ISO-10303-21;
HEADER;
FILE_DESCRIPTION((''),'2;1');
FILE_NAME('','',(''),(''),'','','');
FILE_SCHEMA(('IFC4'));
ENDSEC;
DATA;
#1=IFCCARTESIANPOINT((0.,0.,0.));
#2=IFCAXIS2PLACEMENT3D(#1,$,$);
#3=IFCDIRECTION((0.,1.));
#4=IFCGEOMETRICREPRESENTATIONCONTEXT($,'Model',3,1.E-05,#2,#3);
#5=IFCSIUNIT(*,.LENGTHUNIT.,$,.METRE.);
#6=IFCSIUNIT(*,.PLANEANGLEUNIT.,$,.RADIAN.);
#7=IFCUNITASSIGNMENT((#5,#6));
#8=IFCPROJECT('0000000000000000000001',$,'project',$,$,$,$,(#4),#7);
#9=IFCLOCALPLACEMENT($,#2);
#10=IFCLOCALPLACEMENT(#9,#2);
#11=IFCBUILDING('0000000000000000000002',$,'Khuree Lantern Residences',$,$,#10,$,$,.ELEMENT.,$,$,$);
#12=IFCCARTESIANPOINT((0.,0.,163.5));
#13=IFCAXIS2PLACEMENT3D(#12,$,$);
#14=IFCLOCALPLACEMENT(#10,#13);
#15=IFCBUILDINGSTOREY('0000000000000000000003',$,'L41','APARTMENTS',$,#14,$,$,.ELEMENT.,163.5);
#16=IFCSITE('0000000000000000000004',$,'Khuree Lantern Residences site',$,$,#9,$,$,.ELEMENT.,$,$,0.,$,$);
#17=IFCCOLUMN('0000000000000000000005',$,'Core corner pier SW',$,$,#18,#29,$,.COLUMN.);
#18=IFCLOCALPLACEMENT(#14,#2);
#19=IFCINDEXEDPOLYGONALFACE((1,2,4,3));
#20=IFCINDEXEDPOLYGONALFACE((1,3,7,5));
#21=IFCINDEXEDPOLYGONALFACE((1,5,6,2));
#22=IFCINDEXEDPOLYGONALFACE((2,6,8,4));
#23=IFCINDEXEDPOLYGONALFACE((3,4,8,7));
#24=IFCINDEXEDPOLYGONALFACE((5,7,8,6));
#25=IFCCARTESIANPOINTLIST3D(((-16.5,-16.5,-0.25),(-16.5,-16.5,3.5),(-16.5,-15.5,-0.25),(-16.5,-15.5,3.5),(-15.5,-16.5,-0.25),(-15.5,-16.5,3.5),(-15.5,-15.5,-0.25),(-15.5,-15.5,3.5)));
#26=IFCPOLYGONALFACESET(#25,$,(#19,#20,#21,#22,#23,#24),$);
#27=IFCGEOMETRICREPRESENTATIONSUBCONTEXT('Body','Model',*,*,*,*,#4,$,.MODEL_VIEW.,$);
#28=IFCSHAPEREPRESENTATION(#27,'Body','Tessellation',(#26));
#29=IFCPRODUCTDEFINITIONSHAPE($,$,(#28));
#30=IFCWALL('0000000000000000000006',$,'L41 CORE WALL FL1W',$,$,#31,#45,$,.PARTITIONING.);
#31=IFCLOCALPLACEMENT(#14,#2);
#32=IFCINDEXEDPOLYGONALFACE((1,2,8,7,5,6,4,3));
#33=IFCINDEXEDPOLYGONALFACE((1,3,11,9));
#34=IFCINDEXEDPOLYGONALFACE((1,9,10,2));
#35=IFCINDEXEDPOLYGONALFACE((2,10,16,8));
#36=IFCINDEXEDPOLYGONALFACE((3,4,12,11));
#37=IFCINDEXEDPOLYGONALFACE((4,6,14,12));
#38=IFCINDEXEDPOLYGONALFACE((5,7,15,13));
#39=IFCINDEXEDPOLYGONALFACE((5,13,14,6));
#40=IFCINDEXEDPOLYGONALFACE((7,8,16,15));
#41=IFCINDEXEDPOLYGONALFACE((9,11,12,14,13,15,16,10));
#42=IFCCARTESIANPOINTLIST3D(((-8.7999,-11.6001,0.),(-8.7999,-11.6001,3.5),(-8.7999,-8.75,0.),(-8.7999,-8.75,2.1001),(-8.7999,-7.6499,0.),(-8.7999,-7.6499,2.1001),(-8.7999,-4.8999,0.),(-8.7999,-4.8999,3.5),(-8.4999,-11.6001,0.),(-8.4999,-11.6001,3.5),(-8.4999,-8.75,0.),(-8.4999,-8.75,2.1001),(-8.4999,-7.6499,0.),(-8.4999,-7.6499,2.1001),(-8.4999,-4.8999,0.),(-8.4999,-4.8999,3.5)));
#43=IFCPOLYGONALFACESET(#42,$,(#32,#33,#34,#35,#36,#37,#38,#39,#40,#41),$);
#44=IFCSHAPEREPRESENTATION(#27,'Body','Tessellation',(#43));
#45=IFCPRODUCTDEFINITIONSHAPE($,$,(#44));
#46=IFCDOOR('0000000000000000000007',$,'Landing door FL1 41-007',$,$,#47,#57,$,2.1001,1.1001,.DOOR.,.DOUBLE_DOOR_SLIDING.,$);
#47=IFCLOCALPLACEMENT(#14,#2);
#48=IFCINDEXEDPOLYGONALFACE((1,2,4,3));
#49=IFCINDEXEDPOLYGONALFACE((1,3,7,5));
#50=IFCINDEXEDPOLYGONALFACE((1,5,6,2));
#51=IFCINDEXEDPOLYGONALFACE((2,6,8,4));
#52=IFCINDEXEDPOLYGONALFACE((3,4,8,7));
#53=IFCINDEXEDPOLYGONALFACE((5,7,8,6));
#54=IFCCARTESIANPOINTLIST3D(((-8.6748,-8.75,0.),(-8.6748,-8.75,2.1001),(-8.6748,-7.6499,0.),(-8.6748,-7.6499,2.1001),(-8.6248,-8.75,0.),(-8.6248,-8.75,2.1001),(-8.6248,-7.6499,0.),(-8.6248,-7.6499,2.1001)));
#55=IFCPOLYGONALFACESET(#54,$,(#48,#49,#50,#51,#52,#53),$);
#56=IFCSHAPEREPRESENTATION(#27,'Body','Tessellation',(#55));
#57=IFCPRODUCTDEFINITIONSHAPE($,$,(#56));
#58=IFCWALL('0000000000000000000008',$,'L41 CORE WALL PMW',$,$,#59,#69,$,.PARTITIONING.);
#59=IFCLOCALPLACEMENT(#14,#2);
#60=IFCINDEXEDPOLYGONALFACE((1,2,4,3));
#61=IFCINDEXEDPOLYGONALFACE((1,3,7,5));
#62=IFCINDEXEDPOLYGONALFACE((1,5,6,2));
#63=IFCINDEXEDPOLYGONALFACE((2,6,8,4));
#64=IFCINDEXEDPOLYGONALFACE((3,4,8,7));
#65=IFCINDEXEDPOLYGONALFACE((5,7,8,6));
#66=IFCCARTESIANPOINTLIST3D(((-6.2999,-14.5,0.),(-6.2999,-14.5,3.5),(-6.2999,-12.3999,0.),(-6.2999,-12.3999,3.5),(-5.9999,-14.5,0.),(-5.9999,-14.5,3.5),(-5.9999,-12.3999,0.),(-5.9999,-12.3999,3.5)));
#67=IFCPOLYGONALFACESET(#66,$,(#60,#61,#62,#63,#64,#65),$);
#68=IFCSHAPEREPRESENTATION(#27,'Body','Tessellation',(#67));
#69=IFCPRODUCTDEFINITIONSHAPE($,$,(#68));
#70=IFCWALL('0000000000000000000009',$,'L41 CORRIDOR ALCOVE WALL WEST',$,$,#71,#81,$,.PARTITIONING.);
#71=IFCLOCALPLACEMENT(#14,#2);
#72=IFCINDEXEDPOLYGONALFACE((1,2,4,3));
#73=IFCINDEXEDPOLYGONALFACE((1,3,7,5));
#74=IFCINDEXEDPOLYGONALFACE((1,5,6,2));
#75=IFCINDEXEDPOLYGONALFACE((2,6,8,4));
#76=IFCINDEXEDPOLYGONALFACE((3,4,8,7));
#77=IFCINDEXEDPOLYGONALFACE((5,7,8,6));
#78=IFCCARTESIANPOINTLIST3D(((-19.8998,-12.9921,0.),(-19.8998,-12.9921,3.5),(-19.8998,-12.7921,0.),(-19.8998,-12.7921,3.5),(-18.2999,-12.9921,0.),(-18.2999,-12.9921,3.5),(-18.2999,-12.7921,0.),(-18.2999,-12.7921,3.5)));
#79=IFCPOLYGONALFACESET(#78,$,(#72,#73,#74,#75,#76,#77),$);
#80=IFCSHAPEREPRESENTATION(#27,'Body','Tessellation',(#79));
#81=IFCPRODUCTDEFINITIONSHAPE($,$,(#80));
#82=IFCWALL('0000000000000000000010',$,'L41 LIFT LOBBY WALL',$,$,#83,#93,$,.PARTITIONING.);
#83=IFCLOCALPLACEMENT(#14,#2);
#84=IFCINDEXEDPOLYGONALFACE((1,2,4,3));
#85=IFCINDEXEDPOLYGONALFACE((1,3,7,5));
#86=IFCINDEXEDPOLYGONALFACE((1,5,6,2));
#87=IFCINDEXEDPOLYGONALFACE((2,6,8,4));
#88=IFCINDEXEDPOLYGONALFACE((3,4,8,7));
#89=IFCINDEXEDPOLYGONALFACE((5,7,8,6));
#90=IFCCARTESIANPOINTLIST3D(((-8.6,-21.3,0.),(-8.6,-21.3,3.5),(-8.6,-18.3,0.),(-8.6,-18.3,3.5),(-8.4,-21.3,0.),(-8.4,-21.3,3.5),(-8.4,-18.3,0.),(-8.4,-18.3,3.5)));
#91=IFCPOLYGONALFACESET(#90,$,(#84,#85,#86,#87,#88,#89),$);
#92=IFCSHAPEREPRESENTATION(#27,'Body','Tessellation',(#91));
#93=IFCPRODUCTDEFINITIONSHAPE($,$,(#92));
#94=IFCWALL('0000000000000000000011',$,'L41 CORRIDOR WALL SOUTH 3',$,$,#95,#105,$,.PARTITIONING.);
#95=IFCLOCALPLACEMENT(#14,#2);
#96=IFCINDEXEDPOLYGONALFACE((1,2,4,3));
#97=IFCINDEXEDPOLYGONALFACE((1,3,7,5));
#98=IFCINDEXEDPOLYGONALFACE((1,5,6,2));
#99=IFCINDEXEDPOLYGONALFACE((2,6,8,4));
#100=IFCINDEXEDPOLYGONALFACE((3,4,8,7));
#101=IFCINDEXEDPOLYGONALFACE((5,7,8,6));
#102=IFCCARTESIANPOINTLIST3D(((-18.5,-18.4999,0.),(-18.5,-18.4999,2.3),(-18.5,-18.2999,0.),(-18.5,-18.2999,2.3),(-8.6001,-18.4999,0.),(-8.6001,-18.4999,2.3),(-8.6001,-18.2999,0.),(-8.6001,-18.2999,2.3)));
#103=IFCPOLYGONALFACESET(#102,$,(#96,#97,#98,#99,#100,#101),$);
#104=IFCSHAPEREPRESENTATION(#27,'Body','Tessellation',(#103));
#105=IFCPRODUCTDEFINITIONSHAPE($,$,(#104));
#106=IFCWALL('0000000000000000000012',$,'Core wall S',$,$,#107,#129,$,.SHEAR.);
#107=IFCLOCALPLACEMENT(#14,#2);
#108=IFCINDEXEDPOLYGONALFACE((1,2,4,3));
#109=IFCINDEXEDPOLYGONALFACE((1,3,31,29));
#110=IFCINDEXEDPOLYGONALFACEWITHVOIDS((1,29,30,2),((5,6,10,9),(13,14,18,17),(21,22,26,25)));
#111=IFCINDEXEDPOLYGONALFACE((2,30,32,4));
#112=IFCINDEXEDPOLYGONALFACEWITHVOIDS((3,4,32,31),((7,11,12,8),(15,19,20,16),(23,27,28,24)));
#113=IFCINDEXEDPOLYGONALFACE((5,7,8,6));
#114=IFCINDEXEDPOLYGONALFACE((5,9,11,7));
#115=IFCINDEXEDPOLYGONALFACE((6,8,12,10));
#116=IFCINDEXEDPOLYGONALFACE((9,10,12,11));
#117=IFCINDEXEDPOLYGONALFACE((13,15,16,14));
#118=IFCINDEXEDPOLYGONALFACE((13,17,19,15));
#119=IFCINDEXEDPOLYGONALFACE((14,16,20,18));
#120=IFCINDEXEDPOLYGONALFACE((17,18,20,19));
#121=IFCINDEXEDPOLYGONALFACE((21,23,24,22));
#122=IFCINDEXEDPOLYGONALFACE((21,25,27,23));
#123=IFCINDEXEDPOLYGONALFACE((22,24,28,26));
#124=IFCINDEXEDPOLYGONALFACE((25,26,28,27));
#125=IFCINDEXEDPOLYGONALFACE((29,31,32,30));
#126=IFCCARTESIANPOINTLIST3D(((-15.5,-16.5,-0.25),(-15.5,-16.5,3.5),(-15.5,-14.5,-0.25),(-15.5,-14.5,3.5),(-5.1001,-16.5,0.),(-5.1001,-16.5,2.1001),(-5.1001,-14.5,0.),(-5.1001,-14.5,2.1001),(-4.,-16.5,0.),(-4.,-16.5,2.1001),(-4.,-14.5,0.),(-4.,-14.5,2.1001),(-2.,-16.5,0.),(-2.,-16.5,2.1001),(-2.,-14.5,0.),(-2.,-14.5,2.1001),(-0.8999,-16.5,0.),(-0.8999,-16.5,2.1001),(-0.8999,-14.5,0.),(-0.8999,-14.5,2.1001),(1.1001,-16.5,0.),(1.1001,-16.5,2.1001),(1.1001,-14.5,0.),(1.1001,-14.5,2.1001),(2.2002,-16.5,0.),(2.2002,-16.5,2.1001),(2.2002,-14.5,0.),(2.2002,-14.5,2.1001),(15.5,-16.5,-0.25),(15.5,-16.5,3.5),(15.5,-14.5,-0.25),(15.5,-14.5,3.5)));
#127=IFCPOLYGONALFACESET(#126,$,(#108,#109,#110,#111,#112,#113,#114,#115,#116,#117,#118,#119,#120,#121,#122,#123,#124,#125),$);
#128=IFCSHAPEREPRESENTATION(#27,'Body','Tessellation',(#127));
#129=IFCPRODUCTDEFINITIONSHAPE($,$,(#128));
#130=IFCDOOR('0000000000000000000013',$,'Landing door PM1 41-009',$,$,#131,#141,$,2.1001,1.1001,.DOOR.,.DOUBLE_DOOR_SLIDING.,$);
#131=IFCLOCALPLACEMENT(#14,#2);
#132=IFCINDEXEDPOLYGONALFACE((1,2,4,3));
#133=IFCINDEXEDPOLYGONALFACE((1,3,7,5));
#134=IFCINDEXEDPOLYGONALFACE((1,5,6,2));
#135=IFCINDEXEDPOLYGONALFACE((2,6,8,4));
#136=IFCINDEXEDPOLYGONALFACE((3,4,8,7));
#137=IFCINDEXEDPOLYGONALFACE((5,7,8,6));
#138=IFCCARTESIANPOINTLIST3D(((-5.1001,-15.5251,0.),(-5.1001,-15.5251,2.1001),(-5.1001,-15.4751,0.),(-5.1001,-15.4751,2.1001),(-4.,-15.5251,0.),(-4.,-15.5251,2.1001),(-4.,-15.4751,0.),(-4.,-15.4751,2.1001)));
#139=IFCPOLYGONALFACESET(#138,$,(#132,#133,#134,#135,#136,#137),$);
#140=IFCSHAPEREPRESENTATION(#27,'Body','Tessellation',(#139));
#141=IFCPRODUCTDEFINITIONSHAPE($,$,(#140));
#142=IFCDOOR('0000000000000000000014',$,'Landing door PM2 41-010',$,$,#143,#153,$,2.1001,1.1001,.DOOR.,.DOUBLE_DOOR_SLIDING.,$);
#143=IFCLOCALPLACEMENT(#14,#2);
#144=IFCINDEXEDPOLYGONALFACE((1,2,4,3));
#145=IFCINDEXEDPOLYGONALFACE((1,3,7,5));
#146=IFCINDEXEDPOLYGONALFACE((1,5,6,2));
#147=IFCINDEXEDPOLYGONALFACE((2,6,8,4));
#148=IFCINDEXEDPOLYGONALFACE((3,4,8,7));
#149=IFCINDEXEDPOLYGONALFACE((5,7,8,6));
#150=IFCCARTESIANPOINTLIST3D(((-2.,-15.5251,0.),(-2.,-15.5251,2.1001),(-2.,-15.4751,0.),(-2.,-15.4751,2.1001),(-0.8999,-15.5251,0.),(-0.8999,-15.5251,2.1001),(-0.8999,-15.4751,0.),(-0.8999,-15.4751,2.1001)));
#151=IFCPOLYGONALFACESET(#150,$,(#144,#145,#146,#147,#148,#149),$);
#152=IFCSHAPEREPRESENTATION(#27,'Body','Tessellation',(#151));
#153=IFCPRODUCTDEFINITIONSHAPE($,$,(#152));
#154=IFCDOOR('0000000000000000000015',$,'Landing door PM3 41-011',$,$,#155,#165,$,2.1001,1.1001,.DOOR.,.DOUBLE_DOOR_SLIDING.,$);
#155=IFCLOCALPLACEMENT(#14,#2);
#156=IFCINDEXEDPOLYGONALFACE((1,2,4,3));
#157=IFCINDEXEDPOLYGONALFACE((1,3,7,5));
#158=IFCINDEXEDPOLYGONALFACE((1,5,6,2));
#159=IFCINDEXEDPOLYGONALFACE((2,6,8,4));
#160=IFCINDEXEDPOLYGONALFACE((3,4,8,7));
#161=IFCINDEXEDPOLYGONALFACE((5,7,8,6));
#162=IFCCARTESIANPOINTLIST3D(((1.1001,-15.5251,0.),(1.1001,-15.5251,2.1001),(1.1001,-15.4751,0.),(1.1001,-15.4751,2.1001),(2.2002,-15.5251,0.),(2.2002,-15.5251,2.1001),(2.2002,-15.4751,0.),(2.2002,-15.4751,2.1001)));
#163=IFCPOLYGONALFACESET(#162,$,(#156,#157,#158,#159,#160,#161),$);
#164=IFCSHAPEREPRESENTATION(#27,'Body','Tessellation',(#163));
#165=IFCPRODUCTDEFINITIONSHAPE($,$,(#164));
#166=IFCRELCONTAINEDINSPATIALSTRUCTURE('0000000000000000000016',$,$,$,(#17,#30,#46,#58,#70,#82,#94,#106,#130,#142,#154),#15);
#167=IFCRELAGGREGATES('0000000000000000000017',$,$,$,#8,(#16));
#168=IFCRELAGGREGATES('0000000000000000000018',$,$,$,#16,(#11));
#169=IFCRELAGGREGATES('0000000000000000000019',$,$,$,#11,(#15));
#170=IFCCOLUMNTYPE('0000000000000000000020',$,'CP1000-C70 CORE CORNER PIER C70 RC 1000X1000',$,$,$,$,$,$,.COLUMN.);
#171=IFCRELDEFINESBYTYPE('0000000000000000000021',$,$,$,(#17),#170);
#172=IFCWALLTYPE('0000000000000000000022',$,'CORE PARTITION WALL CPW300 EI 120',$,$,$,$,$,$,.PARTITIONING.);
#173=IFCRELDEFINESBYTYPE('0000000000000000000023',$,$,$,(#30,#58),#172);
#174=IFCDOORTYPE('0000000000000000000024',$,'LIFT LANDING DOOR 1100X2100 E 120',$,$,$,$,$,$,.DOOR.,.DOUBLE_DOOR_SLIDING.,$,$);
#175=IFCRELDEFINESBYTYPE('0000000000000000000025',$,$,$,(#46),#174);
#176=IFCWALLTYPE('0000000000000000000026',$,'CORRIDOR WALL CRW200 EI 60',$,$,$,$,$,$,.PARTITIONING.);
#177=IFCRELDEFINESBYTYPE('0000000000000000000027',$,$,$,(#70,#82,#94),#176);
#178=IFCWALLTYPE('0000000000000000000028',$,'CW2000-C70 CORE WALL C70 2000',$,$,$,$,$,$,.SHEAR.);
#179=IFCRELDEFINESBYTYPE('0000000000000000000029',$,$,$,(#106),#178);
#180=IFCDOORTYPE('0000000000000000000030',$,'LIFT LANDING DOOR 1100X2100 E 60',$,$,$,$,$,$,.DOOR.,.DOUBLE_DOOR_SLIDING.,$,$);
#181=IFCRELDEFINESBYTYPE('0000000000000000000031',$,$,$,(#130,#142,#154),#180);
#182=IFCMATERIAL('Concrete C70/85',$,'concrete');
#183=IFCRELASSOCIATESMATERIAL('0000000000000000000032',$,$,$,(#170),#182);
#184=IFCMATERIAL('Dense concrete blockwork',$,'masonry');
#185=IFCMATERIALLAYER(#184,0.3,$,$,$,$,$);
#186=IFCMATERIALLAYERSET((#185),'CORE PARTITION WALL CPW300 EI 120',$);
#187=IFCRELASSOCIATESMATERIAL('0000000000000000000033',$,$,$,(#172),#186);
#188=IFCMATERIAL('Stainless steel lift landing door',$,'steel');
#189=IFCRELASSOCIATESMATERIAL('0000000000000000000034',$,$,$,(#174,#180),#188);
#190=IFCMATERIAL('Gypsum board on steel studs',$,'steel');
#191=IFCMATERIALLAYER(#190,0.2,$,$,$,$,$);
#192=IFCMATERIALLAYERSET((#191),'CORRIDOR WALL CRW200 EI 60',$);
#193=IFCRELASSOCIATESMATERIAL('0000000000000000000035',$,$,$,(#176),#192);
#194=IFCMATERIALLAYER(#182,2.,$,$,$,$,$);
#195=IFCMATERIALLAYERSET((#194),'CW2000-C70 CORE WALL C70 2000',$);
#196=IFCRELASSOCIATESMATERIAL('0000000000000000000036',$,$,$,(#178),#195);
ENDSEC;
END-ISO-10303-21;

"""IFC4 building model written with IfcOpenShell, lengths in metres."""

from ifc_helpers import new_model, si_unit, direction, frame, frame_2d, origin, origin_2d, place, context, subcontext, project, spatial, rectangle, extrude, material, layer, layer_set, material_profile, profile_set, type_object, element, fill, save


model = new_model("IFC4")

# Units and contexts
model_context = context("Model", 3, precision=1e-05, world=origin(), true_north=direction((0.0, 1.0)))
body_context = subcontext(model_context, "Body", "Model", "MODEL_VIEW")
ifc_project = project(units=[si_unit("LENGTHUNIT", "METRE"), si_unit("PLANEANGLEUNIT", "RADIAN")], contexts=[model_context])

# Site, building, storey
site_placement = place(None, origin())
site = spatial("IfcSite", under=ifc_project, at=site_placement, Name="Khuree Lantern Residences site", CompositionType="ELEMENT", RefElevation=0.0)
building_placement = place(site_placement, origin())
building = spatial("IfcBuilding", under=site, at=building_placement, Name="Khuree Lantern Residences", CompositionType="ELEMENT")
storey_placement = place(building_placement, frame((0.0, 0.0, 163.5)))
storey = spatial("IfcBuildingStorey", under=building, at=storey_placement, Name="L41", Description="APARTMENTS", CompositionType="ELEMENT", Elevation=163.5)

# Column
ifc_material_1 = material(Name="Concrete C70/85", Category="concrete")
ifc_material_profile = material_profile(ifc_material_1, rectangle(XDim=1.0, YDim=1.0, at=origin_2d()), Name="RC 1000X1000")
ifc_profile_set = profile_set([ifc_material_profile], Name="Concrete C70/85")
column_type = type_object("IfcColumnType", Name="CP1000-C70 CORE CORNER PIER C70 RC 1000X1000", PredefinedType="COLUMN", material=ifc_profile_set)
column_placement = place(storey_placement, frame((-16.0, -16.0, -0.25), z_axis=(0.0, 0.0, 1.0), x_axis=(1.0, 0.0, 0.0)))
element("IfcColumn", 1, at=column_placement, inside=storey, type_object=column_type, Name="Core corner pier SW", PredefinedType="COLUMN", context=body_context, shape_type="SweptSolid", body=[
    extrude(rectangle(XDim=1.0, YDim=1.0, at=origin_2d()), origin(), (0.0, 0.0, 1.0), 3.75),
])

# Wall, opening, door
ifc_material_2 = material(Name="Dense concrete blockwork", Category="masonry")
ifc_layer_1 = layer(ifc_material_2, 0.3)
ifc_layer_set_1 = layer_set([ifc_layer_1], Name="CORE PARTITION WALL CPW300 EI 120")
wall_type_1 = type_object("IfcWallType", Name="CORE PARTITION WALL CPW300 EI 120", PredefinedType="PARTITIONING", material=ifc_layer_set_1)
wall_1_placement = place(storey_placement, frame((-8.6499, -11.6001, 0.0), z_axis=(0.0, 0.0, 1.0), x_axis=(0.0, 1.0, 0.0)))
wall_1 = element("IfcWall", 2, at=wall_1_placement, inside=storey, type_object=wall_type_1, Name="L41 CORE WALL FL1W", PredefinedType="PARTITIONING", context=body_context, shape_type="SweptSolid", body=[
    extrude(rectangle(XDim=6.7002, YDim=0.3, at=frame_2d((3.3501, 0.0))), origin(), (0.0, 0.0, 1.0), 3.5),
])
opening_1_placement = place(wall_1_placement, frame((2.8501, 0.0, 0.0)))
opening_1 = element("IfcOpeningElement", 3, at=opening_1_placement, cuts=wall_1, PredefinedType="OPENING", context=body_context, shape_type="SweptSolid", body=[
    extrude(rectangle(XDim=1.1001, YDim=2.1001, at=frame_2d((0.55, 1.05))), frame((0.0, 0.1602, 0.0), z_axis=(0.0, -1.0, 0.0), x_axis=(1.0, 0.0, 0.0)), (0.0, 0.0, 1.0), 0.3201),
])
ifc_material_3 = material(Name="Stainless steel lift landing door", Category="steel")
door_type_1 = type_object("IfcDoorType", Name="LIFT LANDING DOOR 1100X2100 E 120", OperationType="DOUBLE_DOOR_SLIDING", PredefinedType="DOOR", material=ifc_material_3)
door_1_placement = place(opening_1_placement, origin())
door_1 = element("IfcDoor", 4, at=door_1_placement, inside=storey, type_object=door_type_1, Name="Landing door FL1 41-007", OperationType="DOUBLE_DOOR_SLIDING", OverallHeight=2.1001, OverallWidth=1.1001, PredefinedType="DOOR", context=body_context, shape_type="SweptSolid", body=[
    extrude(rectangle(XDim=1.1001, YDim=2.1001, at=frame_2d((0.55, 1.05))), frame((0.0, 0.0249, 0.0), z_axis=(0.0, -1.0, 0.0), x_axis=(1.0, 0.0, 0.0)), (0.0, 0.0, 1.0), 0.05),
])
fill(opening_1, door_1)

# Walls
wall_2_placement = place(storey_placement, frame((-6.1499, -14.5, 0.0), z_axis=(0.0, 0.0, 1.0), x_axis=(0.0, 1.0, 0.0)))
element("IfcWall", 5, at=wall_2_placement, inside=storey, type_object=wall_type_1, Name="L41 CORE WALL PMW", PredefinedType="PARTITIONING", context=body_context, shape_type="SweptSolid", body=[
    extrude(rectangle(XDim=2.1001, YDim=0.3, at=frame_2d((1.05, 0.0))), origin(), (0.0, 0.0, 1.0), 3.5),
])
ifc_material_4 = material(Name="Gypsum board on steel studs", Category="steel")
ifc_layer_2 = layer(ifc_material_4, 0.2)
ifc_layer_set_2 = layer_set([ifc_layer_2], Name="CORRIDOR WALL CRW200 EI 60")
wall_type_2 = type_object("IfcWallType", Name="CORRIDOR WALL CRW200 EI 60", PredefinedType="PARTITIONING", material=ifc_layer_set_2)
wall_3_placement = place(storey_placement, frame((-18.3, -12.8921, 0.0), z_axis=(0.0, 0.0, 1.0), x_axis=(-1.0, 0.0, 0.0)))
element("IfcWall", 6, at=wall_3_placement, inside=storey, type_object=wall_type_2, Name="L41 CORRIDOR ALCOVE WALL WEST", PredefinedType="PARTITIONING", context=body_context, shape_type="SweptSolid", body=[
    extrude(rectangle(XDim=1.5999, YDim=0.2, at=frame_2d((0.7998, 0.0))), origin(), (0.0, 0.0, 1.0), 3.5),
])
wall_4_placement = place(storey_placement, frame((-8.5, -18.3, 0.0), z_axis=(0.0, 0.0, 1.0), x_axis=(0.0, -1.0, 0.0)))
element("IfcWall", 7, at=wall_4_placement, inside=storey, type_object=wall_type_2, Name="L41 LIFT LOBBY WALL", PredefinedType="PARTITIONING", context=body_context, shape_type="SweptSolid", body=[
    extrude(rectangle(XDim=3.0, YDim=0.2, at=frame_2d((1.5, 0.0))), origin(), (0.0, 0.0, 1.0), 3.5),
])
wall_5_placement = place(storey_placement, frame((-8.6001, -18.3999, 0.0), z_axis=(0.0, 0.0, 1.0), x_axis=(-1.0, 0.0, 0.0)))
element("IfcWall", 8, at=wall_5_placement, inside=storey, type_object=wall_type_2, Name="L41 CORRIDOR WALL SOUTH 3", PredefinedType="PARTITIONING", context=body_context, shape_type="SweptSolid", body=[
    extrude(rectangle(XDim=9.8999, YDim=0.2, at=frame_2d((4.95, 0.0))), origin(), (0.0, 0.0, 1.0), 2.3),
])

# Wall, openings, doors
ifc_layer_3 = layer(ifc_material_1, 2.0)
ifc_layer_set_3 = layer_set([ifc_layer_3], Name="CW2000-C70 CORE WALL C70 2000")
wall_type_3 = type_object("IfcWallType", Name="CW2000-C70 CORE WALL C70 2000", PredefinedType="SHEAR", material=ifc_layer_set_3)
wall_6_placement = place(storey_placement, frame((-15.5, -15.5, -0.25), z_axis=(0.0, 0.0, 1.0), x_axis=(1.0, 0.0, 0.0)))
wall_6 = element("IfcWall", 9, at=wall_6_placement, inside=storey, type_object=wall_type_3, Name="Core wall S", PredefinedType="SHEAR", context=body_context, shape_type="SweptSolid", body=[
    extrude(rectangle(XDim=31.0, YDim=2.0, at=frame_2d((15.5, 0.0))), origin(), (0.0, 0.0, 1.0), 3.75),
])
opening_2_placement = place(wall_6_placement, frame((10.3999, 0.0, 0.25)))
opening_2 = element("IfcOpeningElement", 10, at=opening_2_placement, cuts=wall_6, PredefinedType="OPENING", context=body_context, shape_type="SweptSolid", body=[
    extrude(rectangle(XDim=1.1001, YDim=2.1001, at=frame_2d((0.55, 1.05))), frame((0.0, 1.01, 0.0), z_axis=(0.0, -1.0, 0.0), x_axis=(1.0, 0.0, 0.0)), (0.0, 0.0, 1.0), 2.02),
])
opening_3_placement = place(wall_6_placement, frame((13.5, 0.0, 0.25)))
opening_3 = element("IfcOpeningElement", 11, at=opening_3_placement, cuts=wall_6, PredefinedType="OPENING", context=body_context, shape_type="SweptSolid", body=[
    extrude(rectangle(XDim=1.1001, YDim=2.1001, at=frame_2d((0.55, 1.05))), frame((0.0, 1.01, 0.0), z_axis=(0.0, -1.0, 0.0), x_axis=(1.0, 0.0, 0.0)), (0.0, 0.0, 1.0), 2.02),
])
opening_4_placement = place(wall_6_placement, frame((16.6001, 0.0, 0.25)))
opening_4 = element("IfcOpeningElement", 12, at=opening_4_placement, cuts=wall_6, PredefinedType="OPENING", context=body_context, shape_type="SweptSolid", body=[
    extrude(rectangle(XDim=1.1001, YDim=2.1001, at=frame_2d((0.55, 1.05))), frame((0.0, 1.01, 0.0), z_axis=(0.0, -1.0, 0.0), x_axis=(1.0, 0.0, 0.0)), (0.0, 0.0, 1.0), 2.02),
])
door_type_2 = type_object("IfcDoorType", Name="LIFT LANDING DOOR 1100X2100 E 60", OperationType="DOUBLE_DOOR_SLIDING", PredefinedType="DOOR", material=ifc_material_3)
door_2_placement = place(opening_2_placement, origin())
door_2 = element("IfcDoor", 13, at=door_2_placement, inside=storey, type_object=door_type_2, Name="Landing door PM1 41-009", OperationType="DOUBLE_DOOR_SLIDING", OverallHeight=2.1001, OverallWidth=1.1001, PredefinedType="DOOR", context=body_context, shape_type="SweptSolid", body=[
    extrude(rectangle(XDim=1.1001, YDim=2.1001, at=frame_2d((0.55, 1.05))), frame((0.0, 0.0249, 0.0), z_axis=(0.0, -1.0, 0.0), x_axis=(1.0, 0.0, 0.0)), (0.0, 0.0, 1.0), 0.05),
])
fill(opening_2, door_2)
door_3_placement = place(opening_3_placement, origin())
door_3 = element("IfcDoor", 14, at=door_3_placement, inside=storey, type_object=door_type_2, Name="Landing door PM2 41-010", OperationType="DOUBLE_DOOR_SLIDING", OverallHeight=2.1001, OverallWidth=1.1001, PredefinedType="DOOR", context=body_context, shape_type="SweptSolid", body=[
    extrude(rectangle(XDim=1.1001, YDim=2.1001, at=frame_2d((0.55, 1.05))), frame((0.0, 0.0249, 0.0), z_axis=(0.0, -1.0, 0.0), x_axis=(1.0, 0.0, 0.0)), (0.0, 0.0, 1.0), 0.05),
])
fill(opening_3, door_3)
door_4_placement = place(opening_4_placement, origin())
door_4 = element("IfcDoor", 15, at=door_4_placement, inside=storey, type_object=door_type_2, Name="Landing door PM3 41-011", OperationType="DOUBLE_DOOR_SLIDING", OverallHeight=2.1001, OverallWidth=1.1001, PredefinedType="DOOR", context=body_context, shape_type="SweptSolid", body=[
    extrude(rectangle(XDim=1.1001, YDim=2.1001, at=frame_2d((0.55, 1.05))), frame((0.0, 0.0249, 0.0), z_axis=(0.0, -1.0, 0.0), x_axis=(1.0, 0.0, 0.0)), (0.0, 0.0, 1.0), 0.05),
])
fill(opening_4, door_4)

save(model, "model.ifc")
